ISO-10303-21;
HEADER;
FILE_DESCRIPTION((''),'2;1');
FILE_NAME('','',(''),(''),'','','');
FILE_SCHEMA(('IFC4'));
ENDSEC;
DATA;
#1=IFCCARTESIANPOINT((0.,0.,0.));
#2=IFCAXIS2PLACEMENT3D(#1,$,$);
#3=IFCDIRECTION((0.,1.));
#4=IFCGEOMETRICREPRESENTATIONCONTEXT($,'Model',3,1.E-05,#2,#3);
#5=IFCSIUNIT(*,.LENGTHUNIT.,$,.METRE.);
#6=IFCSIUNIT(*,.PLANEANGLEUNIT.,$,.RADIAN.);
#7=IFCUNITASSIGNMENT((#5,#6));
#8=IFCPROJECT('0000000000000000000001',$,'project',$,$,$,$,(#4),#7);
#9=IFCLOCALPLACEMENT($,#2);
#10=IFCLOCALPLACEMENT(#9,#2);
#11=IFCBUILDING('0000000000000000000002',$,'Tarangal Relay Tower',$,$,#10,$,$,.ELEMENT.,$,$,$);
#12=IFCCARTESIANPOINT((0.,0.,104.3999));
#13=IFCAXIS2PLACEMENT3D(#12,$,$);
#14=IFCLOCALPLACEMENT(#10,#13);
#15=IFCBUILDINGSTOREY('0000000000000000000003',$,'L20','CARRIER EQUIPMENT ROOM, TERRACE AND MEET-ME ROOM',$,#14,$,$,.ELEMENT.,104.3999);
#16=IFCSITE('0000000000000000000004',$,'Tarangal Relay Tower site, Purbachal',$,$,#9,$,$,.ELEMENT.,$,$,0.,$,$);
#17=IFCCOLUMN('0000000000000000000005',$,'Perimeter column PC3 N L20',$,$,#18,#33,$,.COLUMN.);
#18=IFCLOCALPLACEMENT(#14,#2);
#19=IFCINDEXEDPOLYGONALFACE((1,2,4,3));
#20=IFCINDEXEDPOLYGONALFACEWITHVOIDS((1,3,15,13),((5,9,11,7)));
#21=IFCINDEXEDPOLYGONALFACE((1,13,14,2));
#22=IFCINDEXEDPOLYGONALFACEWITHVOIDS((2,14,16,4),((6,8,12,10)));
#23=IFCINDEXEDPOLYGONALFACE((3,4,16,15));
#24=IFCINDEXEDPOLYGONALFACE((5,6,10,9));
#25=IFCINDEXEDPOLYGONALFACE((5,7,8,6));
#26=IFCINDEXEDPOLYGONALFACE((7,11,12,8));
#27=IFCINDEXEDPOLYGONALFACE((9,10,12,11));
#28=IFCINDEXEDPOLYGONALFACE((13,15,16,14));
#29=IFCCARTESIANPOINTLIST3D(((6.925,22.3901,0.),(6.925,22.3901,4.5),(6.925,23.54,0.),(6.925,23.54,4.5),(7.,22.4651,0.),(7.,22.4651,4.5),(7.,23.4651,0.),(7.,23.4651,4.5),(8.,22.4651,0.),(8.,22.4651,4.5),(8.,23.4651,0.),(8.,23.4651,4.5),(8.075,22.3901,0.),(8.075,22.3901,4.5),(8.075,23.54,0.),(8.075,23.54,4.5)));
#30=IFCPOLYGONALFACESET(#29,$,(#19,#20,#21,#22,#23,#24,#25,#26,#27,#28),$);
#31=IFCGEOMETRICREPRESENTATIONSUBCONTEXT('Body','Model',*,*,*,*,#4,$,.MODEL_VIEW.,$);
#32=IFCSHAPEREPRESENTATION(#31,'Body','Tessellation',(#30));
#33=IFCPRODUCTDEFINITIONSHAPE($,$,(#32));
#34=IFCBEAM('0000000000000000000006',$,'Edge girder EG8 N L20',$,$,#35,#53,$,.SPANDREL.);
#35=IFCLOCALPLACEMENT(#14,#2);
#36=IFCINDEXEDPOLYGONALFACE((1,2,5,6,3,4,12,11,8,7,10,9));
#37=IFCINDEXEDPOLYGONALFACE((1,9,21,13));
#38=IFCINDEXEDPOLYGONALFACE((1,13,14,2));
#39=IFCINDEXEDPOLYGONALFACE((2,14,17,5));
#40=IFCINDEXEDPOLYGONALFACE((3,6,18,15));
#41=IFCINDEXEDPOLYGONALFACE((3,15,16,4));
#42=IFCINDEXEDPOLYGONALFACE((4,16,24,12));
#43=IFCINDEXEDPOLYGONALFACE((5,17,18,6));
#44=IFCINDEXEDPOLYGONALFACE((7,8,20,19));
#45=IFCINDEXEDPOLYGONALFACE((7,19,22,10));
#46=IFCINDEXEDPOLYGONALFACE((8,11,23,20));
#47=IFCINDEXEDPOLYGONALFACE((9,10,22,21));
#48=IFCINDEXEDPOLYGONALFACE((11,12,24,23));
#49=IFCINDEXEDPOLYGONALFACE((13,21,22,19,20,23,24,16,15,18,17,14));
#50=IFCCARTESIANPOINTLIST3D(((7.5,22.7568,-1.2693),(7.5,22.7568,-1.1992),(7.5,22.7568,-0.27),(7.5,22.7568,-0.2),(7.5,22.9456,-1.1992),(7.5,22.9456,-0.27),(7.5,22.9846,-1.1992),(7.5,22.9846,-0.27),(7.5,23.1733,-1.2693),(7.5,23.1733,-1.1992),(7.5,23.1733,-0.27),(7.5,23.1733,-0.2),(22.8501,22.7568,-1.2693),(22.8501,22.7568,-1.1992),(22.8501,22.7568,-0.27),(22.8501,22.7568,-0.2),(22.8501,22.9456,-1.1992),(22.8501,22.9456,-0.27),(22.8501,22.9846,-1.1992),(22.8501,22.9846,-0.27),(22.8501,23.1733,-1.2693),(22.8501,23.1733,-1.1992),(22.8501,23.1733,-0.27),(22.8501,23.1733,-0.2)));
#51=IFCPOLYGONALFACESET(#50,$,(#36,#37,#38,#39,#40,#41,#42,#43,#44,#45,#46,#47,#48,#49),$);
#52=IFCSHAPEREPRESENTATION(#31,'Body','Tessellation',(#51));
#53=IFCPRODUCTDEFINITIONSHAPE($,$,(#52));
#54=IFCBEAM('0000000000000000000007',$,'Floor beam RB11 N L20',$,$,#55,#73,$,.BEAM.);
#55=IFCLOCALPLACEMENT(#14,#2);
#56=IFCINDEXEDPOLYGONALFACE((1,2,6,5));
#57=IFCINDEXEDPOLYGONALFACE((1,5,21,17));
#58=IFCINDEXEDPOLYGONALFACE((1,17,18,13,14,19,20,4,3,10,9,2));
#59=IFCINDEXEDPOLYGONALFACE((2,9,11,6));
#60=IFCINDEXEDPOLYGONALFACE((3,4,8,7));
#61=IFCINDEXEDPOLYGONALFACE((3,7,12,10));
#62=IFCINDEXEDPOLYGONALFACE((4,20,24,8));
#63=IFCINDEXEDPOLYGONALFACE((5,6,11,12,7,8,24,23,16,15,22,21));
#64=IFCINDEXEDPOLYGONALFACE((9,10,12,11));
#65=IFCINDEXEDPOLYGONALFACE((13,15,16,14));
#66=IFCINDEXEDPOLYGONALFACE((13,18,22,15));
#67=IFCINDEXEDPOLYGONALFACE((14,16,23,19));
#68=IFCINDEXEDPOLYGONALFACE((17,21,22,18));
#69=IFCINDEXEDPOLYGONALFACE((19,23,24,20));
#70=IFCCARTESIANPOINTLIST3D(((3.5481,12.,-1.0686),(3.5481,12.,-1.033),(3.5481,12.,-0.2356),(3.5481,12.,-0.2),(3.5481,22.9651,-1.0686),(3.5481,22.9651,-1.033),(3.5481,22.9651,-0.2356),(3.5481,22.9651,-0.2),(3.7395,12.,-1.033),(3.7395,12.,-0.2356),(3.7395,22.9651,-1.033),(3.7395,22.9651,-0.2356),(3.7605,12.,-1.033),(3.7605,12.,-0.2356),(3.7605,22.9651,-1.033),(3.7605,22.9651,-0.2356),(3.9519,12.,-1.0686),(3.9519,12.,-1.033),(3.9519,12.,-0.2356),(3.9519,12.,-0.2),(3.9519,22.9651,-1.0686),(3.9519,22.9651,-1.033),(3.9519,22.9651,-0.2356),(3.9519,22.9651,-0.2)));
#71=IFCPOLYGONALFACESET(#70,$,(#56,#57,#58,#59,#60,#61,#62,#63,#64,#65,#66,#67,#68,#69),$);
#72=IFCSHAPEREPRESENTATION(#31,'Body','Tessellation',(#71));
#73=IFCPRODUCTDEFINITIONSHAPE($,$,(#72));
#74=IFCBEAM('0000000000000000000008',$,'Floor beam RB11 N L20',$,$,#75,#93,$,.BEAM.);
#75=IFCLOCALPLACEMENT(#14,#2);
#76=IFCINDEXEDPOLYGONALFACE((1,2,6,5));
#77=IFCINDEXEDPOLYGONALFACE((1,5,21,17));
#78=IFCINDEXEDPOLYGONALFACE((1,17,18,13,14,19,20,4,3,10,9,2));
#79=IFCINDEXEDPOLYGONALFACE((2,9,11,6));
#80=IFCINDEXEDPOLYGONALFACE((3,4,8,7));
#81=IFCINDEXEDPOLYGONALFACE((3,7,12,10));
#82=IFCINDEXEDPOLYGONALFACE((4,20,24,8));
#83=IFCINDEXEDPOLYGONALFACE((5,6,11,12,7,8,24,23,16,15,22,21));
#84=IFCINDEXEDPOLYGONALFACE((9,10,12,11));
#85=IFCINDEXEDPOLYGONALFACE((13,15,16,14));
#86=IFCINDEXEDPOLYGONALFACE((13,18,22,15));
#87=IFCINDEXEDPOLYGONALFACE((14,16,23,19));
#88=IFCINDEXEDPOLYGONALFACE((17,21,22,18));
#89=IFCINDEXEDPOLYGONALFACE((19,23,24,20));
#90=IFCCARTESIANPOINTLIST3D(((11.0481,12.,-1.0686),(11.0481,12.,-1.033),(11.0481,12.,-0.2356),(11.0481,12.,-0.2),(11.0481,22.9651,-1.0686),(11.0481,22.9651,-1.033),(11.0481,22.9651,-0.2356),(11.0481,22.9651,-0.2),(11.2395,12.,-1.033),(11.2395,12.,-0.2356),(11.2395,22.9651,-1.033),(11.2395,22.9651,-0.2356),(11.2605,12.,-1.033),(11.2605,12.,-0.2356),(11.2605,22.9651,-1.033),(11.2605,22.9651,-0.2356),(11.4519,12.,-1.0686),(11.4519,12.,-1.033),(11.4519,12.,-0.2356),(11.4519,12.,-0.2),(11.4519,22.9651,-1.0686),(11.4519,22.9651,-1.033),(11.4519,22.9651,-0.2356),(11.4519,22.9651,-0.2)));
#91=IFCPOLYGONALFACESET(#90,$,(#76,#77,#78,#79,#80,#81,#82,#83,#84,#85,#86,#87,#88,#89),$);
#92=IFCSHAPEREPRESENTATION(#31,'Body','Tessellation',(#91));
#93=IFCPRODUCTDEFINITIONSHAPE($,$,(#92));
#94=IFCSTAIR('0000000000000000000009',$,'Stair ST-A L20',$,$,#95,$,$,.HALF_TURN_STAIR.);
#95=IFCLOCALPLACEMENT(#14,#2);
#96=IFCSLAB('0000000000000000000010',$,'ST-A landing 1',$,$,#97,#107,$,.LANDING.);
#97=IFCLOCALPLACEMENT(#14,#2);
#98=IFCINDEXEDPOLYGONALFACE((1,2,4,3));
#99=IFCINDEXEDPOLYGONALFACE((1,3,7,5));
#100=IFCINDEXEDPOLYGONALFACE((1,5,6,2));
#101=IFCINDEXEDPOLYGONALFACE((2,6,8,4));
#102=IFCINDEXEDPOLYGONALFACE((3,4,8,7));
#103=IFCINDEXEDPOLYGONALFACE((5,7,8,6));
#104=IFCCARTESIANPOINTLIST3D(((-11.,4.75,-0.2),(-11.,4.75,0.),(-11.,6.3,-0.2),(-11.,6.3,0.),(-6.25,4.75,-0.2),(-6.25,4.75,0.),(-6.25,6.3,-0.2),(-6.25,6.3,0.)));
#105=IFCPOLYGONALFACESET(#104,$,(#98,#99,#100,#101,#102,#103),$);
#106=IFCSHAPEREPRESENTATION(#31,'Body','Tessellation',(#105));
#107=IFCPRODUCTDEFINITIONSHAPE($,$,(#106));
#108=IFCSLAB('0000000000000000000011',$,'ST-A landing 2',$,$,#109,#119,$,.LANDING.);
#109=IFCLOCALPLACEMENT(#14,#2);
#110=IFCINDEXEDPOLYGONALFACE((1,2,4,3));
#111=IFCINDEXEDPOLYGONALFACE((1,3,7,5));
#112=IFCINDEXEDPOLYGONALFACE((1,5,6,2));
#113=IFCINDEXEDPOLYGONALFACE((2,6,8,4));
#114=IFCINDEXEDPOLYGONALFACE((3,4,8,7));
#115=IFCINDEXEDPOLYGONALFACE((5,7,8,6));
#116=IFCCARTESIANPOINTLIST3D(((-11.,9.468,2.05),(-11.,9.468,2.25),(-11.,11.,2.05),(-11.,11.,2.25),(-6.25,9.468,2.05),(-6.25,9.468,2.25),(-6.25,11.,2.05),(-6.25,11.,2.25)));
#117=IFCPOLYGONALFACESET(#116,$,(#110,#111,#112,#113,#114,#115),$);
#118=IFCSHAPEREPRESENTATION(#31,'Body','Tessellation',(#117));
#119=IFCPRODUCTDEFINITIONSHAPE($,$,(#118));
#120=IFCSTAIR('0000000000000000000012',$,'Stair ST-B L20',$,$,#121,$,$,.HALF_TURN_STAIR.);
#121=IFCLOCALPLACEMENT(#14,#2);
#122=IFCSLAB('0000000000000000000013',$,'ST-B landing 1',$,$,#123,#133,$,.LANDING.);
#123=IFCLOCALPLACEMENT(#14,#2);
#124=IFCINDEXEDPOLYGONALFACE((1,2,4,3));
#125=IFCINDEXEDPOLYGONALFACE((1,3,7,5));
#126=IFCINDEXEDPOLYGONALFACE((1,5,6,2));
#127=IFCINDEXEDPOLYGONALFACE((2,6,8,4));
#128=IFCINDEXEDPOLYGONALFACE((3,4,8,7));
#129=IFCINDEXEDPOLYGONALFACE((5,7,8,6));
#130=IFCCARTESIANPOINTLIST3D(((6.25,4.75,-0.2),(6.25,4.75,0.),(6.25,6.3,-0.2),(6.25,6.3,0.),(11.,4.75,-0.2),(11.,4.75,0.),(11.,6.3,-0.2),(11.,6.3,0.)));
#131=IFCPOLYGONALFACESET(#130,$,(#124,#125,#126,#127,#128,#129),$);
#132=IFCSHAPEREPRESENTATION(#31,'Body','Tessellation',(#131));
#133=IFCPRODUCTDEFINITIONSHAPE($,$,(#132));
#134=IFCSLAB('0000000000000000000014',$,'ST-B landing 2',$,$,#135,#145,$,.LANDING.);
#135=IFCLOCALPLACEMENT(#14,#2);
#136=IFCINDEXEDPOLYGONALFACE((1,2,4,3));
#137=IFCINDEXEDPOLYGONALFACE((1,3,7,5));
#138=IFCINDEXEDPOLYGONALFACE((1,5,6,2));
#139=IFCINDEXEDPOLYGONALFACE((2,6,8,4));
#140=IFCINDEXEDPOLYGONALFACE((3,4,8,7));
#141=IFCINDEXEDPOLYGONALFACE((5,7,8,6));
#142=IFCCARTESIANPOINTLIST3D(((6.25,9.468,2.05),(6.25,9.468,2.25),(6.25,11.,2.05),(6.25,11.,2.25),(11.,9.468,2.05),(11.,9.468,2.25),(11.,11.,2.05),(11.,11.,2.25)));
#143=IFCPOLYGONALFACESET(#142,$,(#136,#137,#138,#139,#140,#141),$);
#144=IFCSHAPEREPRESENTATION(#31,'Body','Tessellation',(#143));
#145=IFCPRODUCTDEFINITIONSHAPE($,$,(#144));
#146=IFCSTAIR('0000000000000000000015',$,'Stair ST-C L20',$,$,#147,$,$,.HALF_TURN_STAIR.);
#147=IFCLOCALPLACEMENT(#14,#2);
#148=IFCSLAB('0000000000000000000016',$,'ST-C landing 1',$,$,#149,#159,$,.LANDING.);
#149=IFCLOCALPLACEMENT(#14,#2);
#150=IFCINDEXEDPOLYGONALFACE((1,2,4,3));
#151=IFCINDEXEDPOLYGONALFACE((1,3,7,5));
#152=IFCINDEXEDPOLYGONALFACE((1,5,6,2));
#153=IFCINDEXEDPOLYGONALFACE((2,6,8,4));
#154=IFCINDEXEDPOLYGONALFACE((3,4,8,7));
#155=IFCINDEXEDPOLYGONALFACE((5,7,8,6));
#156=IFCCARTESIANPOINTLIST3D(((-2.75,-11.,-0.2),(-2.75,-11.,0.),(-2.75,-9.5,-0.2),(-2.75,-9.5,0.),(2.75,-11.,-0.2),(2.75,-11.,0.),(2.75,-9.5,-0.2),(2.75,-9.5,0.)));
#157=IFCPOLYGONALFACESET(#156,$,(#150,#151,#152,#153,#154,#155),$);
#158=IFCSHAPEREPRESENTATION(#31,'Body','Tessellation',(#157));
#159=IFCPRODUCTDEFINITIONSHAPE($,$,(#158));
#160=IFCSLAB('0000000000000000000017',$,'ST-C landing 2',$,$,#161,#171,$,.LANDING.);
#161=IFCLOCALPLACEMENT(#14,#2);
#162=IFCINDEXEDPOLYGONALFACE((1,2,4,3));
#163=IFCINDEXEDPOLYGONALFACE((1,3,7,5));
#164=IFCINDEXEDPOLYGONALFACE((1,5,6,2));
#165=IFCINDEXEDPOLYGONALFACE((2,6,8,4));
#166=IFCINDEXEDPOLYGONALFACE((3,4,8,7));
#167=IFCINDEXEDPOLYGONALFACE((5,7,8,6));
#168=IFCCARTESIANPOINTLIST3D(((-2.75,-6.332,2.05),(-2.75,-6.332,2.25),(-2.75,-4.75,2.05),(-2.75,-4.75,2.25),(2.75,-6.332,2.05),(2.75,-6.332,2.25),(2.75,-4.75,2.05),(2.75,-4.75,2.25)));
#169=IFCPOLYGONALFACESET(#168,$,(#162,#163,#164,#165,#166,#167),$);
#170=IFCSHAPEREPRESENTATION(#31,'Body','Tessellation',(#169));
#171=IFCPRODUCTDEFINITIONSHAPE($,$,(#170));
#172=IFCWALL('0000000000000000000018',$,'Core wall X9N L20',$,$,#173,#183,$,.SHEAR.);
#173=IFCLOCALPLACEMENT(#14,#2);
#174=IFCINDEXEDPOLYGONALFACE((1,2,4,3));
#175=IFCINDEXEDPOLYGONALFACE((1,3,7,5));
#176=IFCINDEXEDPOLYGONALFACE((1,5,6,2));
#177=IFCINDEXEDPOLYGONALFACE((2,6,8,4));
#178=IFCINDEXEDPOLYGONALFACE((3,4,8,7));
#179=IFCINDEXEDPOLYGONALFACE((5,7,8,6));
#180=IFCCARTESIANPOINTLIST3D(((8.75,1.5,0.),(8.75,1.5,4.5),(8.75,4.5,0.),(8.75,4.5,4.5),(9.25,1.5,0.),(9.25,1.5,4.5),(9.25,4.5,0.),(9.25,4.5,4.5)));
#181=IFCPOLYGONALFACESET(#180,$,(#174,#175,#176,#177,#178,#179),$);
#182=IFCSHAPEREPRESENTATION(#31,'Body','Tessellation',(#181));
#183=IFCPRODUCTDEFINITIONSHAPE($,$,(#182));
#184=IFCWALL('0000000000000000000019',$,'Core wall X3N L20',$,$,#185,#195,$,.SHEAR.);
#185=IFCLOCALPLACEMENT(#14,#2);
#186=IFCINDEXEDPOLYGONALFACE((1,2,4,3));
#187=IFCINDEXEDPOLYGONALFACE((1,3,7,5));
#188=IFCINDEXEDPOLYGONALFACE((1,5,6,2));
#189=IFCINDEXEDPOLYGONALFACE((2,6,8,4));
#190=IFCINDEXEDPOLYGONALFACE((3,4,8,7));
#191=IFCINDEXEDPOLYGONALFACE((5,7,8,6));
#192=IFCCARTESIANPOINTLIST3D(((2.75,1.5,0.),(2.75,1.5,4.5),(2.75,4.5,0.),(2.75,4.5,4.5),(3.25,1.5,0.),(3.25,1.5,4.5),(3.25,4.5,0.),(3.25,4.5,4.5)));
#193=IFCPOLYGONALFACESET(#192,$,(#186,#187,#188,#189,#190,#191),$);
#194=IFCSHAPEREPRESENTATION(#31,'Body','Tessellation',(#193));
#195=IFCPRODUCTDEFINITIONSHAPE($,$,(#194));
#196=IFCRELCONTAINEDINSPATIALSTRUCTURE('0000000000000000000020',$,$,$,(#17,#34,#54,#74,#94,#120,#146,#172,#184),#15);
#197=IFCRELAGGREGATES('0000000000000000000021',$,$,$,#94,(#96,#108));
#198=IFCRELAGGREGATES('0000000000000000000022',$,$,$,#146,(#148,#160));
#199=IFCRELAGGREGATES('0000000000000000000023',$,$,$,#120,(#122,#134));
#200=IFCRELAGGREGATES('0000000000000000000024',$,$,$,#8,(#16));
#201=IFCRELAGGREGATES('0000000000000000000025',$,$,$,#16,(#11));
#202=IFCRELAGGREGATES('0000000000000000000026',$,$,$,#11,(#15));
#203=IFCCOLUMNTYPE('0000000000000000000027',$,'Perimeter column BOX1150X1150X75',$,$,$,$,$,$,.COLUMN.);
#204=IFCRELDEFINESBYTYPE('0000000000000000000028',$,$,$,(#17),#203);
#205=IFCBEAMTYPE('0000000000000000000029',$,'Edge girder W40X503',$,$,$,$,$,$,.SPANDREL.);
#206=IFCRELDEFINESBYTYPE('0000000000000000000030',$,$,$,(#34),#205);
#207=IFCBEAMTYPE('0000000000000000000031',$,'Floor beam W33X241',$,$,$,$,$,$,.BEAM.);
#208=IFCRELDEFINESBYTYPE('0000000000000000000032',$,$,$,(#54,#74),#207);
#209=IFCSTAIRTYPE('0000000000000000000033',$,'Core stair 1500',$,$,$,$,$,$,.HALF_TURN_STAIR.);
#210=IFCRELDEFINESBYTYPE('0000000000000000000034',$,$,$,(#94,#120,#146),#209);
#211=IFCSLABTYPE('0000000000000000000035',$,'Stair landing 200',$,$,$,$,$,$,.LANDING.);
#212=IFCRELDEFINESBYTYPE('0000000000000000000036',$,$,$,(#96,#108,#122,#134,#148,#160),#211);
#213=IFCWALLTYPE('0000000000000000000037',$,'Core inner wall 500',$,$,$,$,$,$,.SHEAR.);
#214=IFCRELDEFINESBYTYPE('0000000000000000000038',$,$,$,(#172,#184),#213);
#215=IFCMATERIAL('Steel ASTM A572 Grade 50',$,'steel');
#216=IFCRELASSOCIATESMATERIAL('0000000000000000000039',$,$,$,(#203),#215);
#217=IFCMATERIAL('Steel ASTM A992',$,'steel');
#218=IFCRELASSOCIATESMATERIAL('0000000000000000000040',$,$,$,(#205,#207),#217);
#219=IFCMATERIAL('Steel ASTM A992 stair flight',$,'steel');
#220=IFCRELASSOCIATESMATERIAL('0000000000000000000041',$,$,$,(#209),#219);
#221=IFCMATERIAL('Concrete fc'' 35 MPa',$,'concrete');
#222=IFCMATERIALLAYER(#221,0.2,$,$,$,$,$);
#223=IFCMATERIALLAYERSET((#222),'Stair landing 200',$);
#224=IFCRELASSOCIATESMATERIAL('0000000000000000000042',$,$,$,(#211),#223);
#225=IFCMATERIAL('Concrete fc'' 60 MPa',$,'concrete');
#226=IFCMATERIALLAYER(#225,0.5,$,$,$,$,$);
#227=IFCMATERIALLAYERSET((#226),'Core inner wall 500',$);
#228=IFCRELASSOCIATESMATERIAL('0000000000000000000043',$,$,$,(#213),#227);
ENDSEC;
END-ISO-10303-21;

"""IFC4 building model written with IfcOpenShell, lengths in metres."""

from ifc_helpers import new_model, si_unit, direction, frame, frame_2d, origin, origin_2d, place, context, subcontext, project, spatial, polyline, rectangle, hollow_rectangle, i_section, outline, extrude, material, layer, layer_set, material_profile, profile_set, type_object, element, aggregate, save


model = new_model("IFC4")

# Units and contexts
model_context = context("Model", 3, precision=1e-05, world=origin(), true_north=direction((0.0, 1.0)))
body_context = subcontext(model_context, "Body", "Model", "MODEL_VIEW")
ifc_project = project(units=[si_unit("LENGTHUNIT", "METRE"), si_unit("PLANEANGLEUNIT", "RADIAN")], contexts=[model_context])

# Site, building, storey
site_placement = place(None, origin())
site = spatial("IfcSite", under=ifc_project, at=site_placement, Name="Tarangal Relay Tower site, Purbachal", CompositionType="ELEMENT", RefElevation=0.0)
building_placement = place(site_placement, origin())
building = spatial("IfcBuilding", under=site, at=building_placement, Name="Tarangal Relay Tower", CompositionType="ELEMENT")
storey_placement = place(building_placement, frame((0.0, 0.0, 104.3999)))
storey = spatial("IfcBuildingStorey", under=building, at=storey_placement, Name="L20", Description="CARRIER EQUIPMENT ROOM, TERRACE AND MEET-ME ROOM", CompositionType="ELEMENT", Elevation=104.3999)

# Column
ifc_material_1 = material(Name="Steel ASTM A572 Grade 50", Category="steel")
ifc_material_profile_1 = material_profile(ifc_material_1, hollow_rectangle(XDim=1.1499, YDim=1.1499, WallThickness=0.075, at=origin_2d()), Name="BOX1150X1150X75")
ifc_profile_set_1 = profile_set([ifc_material_profile_1], Name="Steel ASTM A572 Grade 50")
column_type = type_object("IfcColumnType", Name="Perimeter column BOX1150X1150X75", PredefinedType="COLUMN", material=ifc_profile_set_1)
column_placement = place(storey_placement, frame((7.5, 22.9651, 0.0), z_axis=(0.0, 0.0, 1.0), x_axis=(1.0, 0.0, 0.0)))
element("IfcColumn", 1, at=column_placement, inside=storey, type_object=column_type, Name="Perimeter column PC3 N L20", PredefinedType="COLUMN", context=body_context, shape_type="SweptSolid", body=[
    extrude(hollow_rectangle(XDim=1.1499, YDim=1.1499, WallThickness=0.075, at=origin_2d()), origin(), (0.0, 0.0, 1.0), 4.5),
])

# Beams
ifc_material_2 = material(Name="Steel ASTM A992", Category="steel")
ifc_material_profile_2 = material_profile(ifc_material_2, i_section(OverallWidth=0.4165, OverallDepth=1.0693, WebThickness=0.0391, FlangeThickness=0.0701, at=origin_2d()), Name="W40X503")
ifc_profile_set_2 = profile_set([ifc_material_profile_2], Name="Steel ASTM A992")
beam_type_1 = type_object("IfcBeamType", Name="Edge girder W40X503", PredefinedType="SPANDREL", material=ifc_profile_set_2)
beam_placement = place(storey_placement, frame((7.5, 22.9651, -0.7346), z_axis=(1.0, 0.0, 0.0), x_axis=(0.0, 1.0, 0.0)))
element("IfcBeam", 2, at=beam_placement, inside=storey, type_object=beam_type_1, Name="Edge girder EG8 N L20", PredefinedType="SPANDREL", context=body_context, shape_type="SweptSolid", body=[
    extrude(i_section(OverallWidth=0.4165, OverallDepth=1.0693, WebThickness=0.0391, FlangeThickness=0.0701, at=origin_2d()), origin(), (0.0, 0.0, 1.0), 15.3501),
])
ifc_material_profile_3 = material_profile(ifc_material_2, i_section(OverallWidth=0.4038, OverallDepth=0.8687, WebThickness=0.021, FlangeThickness=0.0356, at=origin_2d()), Name="W33X241")
ifc_profile_set_3 = profile_set([ifc_material_profile_3], Name="Steel ASTM A992")
beam_type_2 = type_object("IfcBeamType", Name="Floor beam W33X241", PredefinedType="BEAM", material=ifc_profile_set_3)
for number, where, z_axis, x_axis, name in (
    (3, (3.75, 12.0, -0.6343), (0.0, 1.0, 0.0), (-1.0, 0.0, 0.0), "Floor beam RB11 N L20"),
    (4, (11.25, 12.0, -0.6343), (0.0, 1.0, 0.0), (-1.0, 0.0, 0.0), "Floor beam RB11 N L20"),
):
    element("IfcBeam", number, at=place(storey_placement, frame(where, z_axis=z_axis, x_axis=x_axis)), inside=storey, type_object=beam_type_2, Name=name, PredefinedType="BEAM", context=body_context, shape_type="SweptSolid", body=[
        extrude(i_section(OverallWidth=0.4038, OverallDepth=0.8687, WebThickness=0.021, FlangeThickness=0.0356, at=origin_2d()), origin(), (0.0, 0.0, 1.0), 10.9651),
    ])

# Stairs, slabs
ifc_material_3 = material(Name="Steel ASTM A992 stair flight", Category="steel")
stair_type = type_object("IfcStairType", Name="Core stair 1500", PredefinedType="HALF_TURN_STAIR", material=ifc_material_3)
stair_1_placement = place(storey_placement, origin())
stair_1 = element("IfcStair", 5, at=stair_1_placement, inside=storey, type_object=stair_type, Name="Stair ST-A L20", PredefinedType="HALF_TURN_STAIR")
ifc_material_4 = material(Name="Concrete fc' 35 MPa", Category="concrete")
ifc_layer_1 = layer(ifc_material_4, 0.2)
ifc_layer_set_1 = layer_set([ifc_layer_1], Name="Stair landing 200")
slab_type = type_object("IfcSlabType", Name="Stair landing 200", PredefinedType="LANDING", material=ifc_layer_set_1)
slab_1_placement = place(storey_placement, frame((0.0, 0.0, -0.2)))
slab_1 = element("IfcSlab", 6, at=slab_1_placement, type_object=slab_type, Name="ST-A landing 1", PredefinedType="LANDING", context=body_context, shape_type="SweptSolid", body=[
    extrude(outline(polyline([(-11.0, 4.75), (-6.25, 4.75), (-6.25, 6.3), (-11.0, 6.3), (-11.0, 4.75)])), origin(), (0.0, 0.0, 1.0), 0.2),
])
slab_2_placement = place(storey_placement, frame((0.0, 0.0, 2.05)))
slab_2 = element("IfcSlab", 7, at=slab_2_placement, type_object=slab_type, Name="ST-A landing 2", PredefinedType="LANDING", context=body_context, shape_type="SweptSolid", body=[
    extrude(outline(polyline([(-11.0, 9.468), (-6.25, 9.468), (-6.25, 11.0), (-11.0, 11.0), (-11.0, 9.468)])), origin(), (0.0, 0.0, 1.0), 0.2),
])
aggregate(stair_1, [slab_1, slab_2])
stair_2_placement = place(storey_placement, origin())
stair_2 = element("IfcStair", 8, at=stair_2_placement, inside=storey, type_object=stair_type, Name="Stair ST-B L20", PredefinedType="HALF_TURN_STAIR")
slab_3_placement = place(storey_placement, frame((0.0, 0.0, -0.2)))
slab_3 = element("IfcSlab", 9, at=slab_3_placement, type_object=slab_type, Name="ST-B landing 1", PredefinedType="LANDING", context=body_context, shape_type="SweptSolid", body=[
    extrude(outline(polyline([(6.25, 4.75), (11.0, 4.75), (11.0, 6.3), (6.25, 6.3), (6.25, 4.75)])), origin(), (0.0, 0.0, 1.0), 0.2),
])
slab_4_placement = place(storey_placement, frame((0.0, 0.0, 2.05)))
slab_4 = element("IfcSlab", 10, at=slab_4_placement, type_object=slab_type, Name="ST-B landing 2", PredefinedType="LANDING", context=body_context, shape_type="SweptSolid", body=[
    extrude(outline(polyline([(6.25, 9.468), (11.0, 9.468), (11.0, 11.0), (6.25, 11.0), (6.25, 9.468)])), origin(), (0.0, 0.0, 1.0), 0.2),
])
stair_3_placement = place(storey_placement, origin())
stair_3 = element("IfcStair", 11, at=stair_3_placement, inside=storey, type_object=stair_type, Name="Stair ST-C L20", PredefinedType="HALF_TURN_STAIR")
slab_5_placement = place(storey_placement, frame((0.0, 0.0, -0.2)))
slab_5 = element("IfcSlab", 12, at=slab_5_placement, type_object=slab_type, Name="ST-C landing 1", PredefinedType="LANDING", context=body_context, shape_type="SweptSolid", body=[
    extrude(outline(polyline([(-2.75, -11.0), (2.75, -11.0), (2.75, -9.5), (-2.75, -9.5), (-2.75, -11.0)])), origin(), (0.0, 0.0, 1.0), 0.2),
])
slab_6_placement = place(storey_placement, frame((0.0, 0.0, 2.05)))
slab_6 = element("IfcSlab", 13, at=slab_6_placement, type_object=slab_type, Name="ST-C landing 2", PredefinedType="LANDING", context=body_context, shape_type="SweptSolid", body=[
    extrude(outline(polyline([(-2.75, -6.332), (2.75, -6.332), (2.75, -4.75), (-2.75, -4.75), (-2.75, -6.332)])), origin(), (0.0, 0.0, 1.0), 0.2),
])
aggregate(stair_3, [slab_5, slab_6])

# Walls
ifc_material_5 = material(Name="Concrete fc' 60 MPa", Category="concrete")
ifc_layer_2 = layer(ifc_material_5, 0.5)
ifc_layer_set_2 = layer_set([ifc_layer_2], Name="Core inner wall 500")
wall_type_1 = type_object("IfcWallType", Name="Core inner wall 500", PredefinedType="SHEAR", material=ifc_layer_set_2)
for number, where, z_axis, x_axis, name in (
    (14, (9.0, 1.5, 0.0), (0.0, 0.0, 1.0), (0.0, 1.0, 0.0), "Core wall X9N L20"),
    (15, (3.0, 1.5, 0.0), (0.0, 0.0, 1.0), (0.0, 1.0, 0.0), "Core wall X3N L20"),
):
    element("IfcWall", number, at=place(storey_placement, frame(where, z_axis=z_axis, x_axis=x_axis)), inside=storey, type_object=wall_type_1, Name=name, PredefinedType="SHEAR", context=body_context, shape_type="SweptSolid", body=[
        extrude(rectangle(XDim=3.0, YDim=0.5, at=frame_2d((1.5, 0.0))), origin(), (0.0, 0.0, 1.0), 4.5),
    ])

aggregate(stair_2, [slab_3, slab_4])

save(model, "model.ifc")
